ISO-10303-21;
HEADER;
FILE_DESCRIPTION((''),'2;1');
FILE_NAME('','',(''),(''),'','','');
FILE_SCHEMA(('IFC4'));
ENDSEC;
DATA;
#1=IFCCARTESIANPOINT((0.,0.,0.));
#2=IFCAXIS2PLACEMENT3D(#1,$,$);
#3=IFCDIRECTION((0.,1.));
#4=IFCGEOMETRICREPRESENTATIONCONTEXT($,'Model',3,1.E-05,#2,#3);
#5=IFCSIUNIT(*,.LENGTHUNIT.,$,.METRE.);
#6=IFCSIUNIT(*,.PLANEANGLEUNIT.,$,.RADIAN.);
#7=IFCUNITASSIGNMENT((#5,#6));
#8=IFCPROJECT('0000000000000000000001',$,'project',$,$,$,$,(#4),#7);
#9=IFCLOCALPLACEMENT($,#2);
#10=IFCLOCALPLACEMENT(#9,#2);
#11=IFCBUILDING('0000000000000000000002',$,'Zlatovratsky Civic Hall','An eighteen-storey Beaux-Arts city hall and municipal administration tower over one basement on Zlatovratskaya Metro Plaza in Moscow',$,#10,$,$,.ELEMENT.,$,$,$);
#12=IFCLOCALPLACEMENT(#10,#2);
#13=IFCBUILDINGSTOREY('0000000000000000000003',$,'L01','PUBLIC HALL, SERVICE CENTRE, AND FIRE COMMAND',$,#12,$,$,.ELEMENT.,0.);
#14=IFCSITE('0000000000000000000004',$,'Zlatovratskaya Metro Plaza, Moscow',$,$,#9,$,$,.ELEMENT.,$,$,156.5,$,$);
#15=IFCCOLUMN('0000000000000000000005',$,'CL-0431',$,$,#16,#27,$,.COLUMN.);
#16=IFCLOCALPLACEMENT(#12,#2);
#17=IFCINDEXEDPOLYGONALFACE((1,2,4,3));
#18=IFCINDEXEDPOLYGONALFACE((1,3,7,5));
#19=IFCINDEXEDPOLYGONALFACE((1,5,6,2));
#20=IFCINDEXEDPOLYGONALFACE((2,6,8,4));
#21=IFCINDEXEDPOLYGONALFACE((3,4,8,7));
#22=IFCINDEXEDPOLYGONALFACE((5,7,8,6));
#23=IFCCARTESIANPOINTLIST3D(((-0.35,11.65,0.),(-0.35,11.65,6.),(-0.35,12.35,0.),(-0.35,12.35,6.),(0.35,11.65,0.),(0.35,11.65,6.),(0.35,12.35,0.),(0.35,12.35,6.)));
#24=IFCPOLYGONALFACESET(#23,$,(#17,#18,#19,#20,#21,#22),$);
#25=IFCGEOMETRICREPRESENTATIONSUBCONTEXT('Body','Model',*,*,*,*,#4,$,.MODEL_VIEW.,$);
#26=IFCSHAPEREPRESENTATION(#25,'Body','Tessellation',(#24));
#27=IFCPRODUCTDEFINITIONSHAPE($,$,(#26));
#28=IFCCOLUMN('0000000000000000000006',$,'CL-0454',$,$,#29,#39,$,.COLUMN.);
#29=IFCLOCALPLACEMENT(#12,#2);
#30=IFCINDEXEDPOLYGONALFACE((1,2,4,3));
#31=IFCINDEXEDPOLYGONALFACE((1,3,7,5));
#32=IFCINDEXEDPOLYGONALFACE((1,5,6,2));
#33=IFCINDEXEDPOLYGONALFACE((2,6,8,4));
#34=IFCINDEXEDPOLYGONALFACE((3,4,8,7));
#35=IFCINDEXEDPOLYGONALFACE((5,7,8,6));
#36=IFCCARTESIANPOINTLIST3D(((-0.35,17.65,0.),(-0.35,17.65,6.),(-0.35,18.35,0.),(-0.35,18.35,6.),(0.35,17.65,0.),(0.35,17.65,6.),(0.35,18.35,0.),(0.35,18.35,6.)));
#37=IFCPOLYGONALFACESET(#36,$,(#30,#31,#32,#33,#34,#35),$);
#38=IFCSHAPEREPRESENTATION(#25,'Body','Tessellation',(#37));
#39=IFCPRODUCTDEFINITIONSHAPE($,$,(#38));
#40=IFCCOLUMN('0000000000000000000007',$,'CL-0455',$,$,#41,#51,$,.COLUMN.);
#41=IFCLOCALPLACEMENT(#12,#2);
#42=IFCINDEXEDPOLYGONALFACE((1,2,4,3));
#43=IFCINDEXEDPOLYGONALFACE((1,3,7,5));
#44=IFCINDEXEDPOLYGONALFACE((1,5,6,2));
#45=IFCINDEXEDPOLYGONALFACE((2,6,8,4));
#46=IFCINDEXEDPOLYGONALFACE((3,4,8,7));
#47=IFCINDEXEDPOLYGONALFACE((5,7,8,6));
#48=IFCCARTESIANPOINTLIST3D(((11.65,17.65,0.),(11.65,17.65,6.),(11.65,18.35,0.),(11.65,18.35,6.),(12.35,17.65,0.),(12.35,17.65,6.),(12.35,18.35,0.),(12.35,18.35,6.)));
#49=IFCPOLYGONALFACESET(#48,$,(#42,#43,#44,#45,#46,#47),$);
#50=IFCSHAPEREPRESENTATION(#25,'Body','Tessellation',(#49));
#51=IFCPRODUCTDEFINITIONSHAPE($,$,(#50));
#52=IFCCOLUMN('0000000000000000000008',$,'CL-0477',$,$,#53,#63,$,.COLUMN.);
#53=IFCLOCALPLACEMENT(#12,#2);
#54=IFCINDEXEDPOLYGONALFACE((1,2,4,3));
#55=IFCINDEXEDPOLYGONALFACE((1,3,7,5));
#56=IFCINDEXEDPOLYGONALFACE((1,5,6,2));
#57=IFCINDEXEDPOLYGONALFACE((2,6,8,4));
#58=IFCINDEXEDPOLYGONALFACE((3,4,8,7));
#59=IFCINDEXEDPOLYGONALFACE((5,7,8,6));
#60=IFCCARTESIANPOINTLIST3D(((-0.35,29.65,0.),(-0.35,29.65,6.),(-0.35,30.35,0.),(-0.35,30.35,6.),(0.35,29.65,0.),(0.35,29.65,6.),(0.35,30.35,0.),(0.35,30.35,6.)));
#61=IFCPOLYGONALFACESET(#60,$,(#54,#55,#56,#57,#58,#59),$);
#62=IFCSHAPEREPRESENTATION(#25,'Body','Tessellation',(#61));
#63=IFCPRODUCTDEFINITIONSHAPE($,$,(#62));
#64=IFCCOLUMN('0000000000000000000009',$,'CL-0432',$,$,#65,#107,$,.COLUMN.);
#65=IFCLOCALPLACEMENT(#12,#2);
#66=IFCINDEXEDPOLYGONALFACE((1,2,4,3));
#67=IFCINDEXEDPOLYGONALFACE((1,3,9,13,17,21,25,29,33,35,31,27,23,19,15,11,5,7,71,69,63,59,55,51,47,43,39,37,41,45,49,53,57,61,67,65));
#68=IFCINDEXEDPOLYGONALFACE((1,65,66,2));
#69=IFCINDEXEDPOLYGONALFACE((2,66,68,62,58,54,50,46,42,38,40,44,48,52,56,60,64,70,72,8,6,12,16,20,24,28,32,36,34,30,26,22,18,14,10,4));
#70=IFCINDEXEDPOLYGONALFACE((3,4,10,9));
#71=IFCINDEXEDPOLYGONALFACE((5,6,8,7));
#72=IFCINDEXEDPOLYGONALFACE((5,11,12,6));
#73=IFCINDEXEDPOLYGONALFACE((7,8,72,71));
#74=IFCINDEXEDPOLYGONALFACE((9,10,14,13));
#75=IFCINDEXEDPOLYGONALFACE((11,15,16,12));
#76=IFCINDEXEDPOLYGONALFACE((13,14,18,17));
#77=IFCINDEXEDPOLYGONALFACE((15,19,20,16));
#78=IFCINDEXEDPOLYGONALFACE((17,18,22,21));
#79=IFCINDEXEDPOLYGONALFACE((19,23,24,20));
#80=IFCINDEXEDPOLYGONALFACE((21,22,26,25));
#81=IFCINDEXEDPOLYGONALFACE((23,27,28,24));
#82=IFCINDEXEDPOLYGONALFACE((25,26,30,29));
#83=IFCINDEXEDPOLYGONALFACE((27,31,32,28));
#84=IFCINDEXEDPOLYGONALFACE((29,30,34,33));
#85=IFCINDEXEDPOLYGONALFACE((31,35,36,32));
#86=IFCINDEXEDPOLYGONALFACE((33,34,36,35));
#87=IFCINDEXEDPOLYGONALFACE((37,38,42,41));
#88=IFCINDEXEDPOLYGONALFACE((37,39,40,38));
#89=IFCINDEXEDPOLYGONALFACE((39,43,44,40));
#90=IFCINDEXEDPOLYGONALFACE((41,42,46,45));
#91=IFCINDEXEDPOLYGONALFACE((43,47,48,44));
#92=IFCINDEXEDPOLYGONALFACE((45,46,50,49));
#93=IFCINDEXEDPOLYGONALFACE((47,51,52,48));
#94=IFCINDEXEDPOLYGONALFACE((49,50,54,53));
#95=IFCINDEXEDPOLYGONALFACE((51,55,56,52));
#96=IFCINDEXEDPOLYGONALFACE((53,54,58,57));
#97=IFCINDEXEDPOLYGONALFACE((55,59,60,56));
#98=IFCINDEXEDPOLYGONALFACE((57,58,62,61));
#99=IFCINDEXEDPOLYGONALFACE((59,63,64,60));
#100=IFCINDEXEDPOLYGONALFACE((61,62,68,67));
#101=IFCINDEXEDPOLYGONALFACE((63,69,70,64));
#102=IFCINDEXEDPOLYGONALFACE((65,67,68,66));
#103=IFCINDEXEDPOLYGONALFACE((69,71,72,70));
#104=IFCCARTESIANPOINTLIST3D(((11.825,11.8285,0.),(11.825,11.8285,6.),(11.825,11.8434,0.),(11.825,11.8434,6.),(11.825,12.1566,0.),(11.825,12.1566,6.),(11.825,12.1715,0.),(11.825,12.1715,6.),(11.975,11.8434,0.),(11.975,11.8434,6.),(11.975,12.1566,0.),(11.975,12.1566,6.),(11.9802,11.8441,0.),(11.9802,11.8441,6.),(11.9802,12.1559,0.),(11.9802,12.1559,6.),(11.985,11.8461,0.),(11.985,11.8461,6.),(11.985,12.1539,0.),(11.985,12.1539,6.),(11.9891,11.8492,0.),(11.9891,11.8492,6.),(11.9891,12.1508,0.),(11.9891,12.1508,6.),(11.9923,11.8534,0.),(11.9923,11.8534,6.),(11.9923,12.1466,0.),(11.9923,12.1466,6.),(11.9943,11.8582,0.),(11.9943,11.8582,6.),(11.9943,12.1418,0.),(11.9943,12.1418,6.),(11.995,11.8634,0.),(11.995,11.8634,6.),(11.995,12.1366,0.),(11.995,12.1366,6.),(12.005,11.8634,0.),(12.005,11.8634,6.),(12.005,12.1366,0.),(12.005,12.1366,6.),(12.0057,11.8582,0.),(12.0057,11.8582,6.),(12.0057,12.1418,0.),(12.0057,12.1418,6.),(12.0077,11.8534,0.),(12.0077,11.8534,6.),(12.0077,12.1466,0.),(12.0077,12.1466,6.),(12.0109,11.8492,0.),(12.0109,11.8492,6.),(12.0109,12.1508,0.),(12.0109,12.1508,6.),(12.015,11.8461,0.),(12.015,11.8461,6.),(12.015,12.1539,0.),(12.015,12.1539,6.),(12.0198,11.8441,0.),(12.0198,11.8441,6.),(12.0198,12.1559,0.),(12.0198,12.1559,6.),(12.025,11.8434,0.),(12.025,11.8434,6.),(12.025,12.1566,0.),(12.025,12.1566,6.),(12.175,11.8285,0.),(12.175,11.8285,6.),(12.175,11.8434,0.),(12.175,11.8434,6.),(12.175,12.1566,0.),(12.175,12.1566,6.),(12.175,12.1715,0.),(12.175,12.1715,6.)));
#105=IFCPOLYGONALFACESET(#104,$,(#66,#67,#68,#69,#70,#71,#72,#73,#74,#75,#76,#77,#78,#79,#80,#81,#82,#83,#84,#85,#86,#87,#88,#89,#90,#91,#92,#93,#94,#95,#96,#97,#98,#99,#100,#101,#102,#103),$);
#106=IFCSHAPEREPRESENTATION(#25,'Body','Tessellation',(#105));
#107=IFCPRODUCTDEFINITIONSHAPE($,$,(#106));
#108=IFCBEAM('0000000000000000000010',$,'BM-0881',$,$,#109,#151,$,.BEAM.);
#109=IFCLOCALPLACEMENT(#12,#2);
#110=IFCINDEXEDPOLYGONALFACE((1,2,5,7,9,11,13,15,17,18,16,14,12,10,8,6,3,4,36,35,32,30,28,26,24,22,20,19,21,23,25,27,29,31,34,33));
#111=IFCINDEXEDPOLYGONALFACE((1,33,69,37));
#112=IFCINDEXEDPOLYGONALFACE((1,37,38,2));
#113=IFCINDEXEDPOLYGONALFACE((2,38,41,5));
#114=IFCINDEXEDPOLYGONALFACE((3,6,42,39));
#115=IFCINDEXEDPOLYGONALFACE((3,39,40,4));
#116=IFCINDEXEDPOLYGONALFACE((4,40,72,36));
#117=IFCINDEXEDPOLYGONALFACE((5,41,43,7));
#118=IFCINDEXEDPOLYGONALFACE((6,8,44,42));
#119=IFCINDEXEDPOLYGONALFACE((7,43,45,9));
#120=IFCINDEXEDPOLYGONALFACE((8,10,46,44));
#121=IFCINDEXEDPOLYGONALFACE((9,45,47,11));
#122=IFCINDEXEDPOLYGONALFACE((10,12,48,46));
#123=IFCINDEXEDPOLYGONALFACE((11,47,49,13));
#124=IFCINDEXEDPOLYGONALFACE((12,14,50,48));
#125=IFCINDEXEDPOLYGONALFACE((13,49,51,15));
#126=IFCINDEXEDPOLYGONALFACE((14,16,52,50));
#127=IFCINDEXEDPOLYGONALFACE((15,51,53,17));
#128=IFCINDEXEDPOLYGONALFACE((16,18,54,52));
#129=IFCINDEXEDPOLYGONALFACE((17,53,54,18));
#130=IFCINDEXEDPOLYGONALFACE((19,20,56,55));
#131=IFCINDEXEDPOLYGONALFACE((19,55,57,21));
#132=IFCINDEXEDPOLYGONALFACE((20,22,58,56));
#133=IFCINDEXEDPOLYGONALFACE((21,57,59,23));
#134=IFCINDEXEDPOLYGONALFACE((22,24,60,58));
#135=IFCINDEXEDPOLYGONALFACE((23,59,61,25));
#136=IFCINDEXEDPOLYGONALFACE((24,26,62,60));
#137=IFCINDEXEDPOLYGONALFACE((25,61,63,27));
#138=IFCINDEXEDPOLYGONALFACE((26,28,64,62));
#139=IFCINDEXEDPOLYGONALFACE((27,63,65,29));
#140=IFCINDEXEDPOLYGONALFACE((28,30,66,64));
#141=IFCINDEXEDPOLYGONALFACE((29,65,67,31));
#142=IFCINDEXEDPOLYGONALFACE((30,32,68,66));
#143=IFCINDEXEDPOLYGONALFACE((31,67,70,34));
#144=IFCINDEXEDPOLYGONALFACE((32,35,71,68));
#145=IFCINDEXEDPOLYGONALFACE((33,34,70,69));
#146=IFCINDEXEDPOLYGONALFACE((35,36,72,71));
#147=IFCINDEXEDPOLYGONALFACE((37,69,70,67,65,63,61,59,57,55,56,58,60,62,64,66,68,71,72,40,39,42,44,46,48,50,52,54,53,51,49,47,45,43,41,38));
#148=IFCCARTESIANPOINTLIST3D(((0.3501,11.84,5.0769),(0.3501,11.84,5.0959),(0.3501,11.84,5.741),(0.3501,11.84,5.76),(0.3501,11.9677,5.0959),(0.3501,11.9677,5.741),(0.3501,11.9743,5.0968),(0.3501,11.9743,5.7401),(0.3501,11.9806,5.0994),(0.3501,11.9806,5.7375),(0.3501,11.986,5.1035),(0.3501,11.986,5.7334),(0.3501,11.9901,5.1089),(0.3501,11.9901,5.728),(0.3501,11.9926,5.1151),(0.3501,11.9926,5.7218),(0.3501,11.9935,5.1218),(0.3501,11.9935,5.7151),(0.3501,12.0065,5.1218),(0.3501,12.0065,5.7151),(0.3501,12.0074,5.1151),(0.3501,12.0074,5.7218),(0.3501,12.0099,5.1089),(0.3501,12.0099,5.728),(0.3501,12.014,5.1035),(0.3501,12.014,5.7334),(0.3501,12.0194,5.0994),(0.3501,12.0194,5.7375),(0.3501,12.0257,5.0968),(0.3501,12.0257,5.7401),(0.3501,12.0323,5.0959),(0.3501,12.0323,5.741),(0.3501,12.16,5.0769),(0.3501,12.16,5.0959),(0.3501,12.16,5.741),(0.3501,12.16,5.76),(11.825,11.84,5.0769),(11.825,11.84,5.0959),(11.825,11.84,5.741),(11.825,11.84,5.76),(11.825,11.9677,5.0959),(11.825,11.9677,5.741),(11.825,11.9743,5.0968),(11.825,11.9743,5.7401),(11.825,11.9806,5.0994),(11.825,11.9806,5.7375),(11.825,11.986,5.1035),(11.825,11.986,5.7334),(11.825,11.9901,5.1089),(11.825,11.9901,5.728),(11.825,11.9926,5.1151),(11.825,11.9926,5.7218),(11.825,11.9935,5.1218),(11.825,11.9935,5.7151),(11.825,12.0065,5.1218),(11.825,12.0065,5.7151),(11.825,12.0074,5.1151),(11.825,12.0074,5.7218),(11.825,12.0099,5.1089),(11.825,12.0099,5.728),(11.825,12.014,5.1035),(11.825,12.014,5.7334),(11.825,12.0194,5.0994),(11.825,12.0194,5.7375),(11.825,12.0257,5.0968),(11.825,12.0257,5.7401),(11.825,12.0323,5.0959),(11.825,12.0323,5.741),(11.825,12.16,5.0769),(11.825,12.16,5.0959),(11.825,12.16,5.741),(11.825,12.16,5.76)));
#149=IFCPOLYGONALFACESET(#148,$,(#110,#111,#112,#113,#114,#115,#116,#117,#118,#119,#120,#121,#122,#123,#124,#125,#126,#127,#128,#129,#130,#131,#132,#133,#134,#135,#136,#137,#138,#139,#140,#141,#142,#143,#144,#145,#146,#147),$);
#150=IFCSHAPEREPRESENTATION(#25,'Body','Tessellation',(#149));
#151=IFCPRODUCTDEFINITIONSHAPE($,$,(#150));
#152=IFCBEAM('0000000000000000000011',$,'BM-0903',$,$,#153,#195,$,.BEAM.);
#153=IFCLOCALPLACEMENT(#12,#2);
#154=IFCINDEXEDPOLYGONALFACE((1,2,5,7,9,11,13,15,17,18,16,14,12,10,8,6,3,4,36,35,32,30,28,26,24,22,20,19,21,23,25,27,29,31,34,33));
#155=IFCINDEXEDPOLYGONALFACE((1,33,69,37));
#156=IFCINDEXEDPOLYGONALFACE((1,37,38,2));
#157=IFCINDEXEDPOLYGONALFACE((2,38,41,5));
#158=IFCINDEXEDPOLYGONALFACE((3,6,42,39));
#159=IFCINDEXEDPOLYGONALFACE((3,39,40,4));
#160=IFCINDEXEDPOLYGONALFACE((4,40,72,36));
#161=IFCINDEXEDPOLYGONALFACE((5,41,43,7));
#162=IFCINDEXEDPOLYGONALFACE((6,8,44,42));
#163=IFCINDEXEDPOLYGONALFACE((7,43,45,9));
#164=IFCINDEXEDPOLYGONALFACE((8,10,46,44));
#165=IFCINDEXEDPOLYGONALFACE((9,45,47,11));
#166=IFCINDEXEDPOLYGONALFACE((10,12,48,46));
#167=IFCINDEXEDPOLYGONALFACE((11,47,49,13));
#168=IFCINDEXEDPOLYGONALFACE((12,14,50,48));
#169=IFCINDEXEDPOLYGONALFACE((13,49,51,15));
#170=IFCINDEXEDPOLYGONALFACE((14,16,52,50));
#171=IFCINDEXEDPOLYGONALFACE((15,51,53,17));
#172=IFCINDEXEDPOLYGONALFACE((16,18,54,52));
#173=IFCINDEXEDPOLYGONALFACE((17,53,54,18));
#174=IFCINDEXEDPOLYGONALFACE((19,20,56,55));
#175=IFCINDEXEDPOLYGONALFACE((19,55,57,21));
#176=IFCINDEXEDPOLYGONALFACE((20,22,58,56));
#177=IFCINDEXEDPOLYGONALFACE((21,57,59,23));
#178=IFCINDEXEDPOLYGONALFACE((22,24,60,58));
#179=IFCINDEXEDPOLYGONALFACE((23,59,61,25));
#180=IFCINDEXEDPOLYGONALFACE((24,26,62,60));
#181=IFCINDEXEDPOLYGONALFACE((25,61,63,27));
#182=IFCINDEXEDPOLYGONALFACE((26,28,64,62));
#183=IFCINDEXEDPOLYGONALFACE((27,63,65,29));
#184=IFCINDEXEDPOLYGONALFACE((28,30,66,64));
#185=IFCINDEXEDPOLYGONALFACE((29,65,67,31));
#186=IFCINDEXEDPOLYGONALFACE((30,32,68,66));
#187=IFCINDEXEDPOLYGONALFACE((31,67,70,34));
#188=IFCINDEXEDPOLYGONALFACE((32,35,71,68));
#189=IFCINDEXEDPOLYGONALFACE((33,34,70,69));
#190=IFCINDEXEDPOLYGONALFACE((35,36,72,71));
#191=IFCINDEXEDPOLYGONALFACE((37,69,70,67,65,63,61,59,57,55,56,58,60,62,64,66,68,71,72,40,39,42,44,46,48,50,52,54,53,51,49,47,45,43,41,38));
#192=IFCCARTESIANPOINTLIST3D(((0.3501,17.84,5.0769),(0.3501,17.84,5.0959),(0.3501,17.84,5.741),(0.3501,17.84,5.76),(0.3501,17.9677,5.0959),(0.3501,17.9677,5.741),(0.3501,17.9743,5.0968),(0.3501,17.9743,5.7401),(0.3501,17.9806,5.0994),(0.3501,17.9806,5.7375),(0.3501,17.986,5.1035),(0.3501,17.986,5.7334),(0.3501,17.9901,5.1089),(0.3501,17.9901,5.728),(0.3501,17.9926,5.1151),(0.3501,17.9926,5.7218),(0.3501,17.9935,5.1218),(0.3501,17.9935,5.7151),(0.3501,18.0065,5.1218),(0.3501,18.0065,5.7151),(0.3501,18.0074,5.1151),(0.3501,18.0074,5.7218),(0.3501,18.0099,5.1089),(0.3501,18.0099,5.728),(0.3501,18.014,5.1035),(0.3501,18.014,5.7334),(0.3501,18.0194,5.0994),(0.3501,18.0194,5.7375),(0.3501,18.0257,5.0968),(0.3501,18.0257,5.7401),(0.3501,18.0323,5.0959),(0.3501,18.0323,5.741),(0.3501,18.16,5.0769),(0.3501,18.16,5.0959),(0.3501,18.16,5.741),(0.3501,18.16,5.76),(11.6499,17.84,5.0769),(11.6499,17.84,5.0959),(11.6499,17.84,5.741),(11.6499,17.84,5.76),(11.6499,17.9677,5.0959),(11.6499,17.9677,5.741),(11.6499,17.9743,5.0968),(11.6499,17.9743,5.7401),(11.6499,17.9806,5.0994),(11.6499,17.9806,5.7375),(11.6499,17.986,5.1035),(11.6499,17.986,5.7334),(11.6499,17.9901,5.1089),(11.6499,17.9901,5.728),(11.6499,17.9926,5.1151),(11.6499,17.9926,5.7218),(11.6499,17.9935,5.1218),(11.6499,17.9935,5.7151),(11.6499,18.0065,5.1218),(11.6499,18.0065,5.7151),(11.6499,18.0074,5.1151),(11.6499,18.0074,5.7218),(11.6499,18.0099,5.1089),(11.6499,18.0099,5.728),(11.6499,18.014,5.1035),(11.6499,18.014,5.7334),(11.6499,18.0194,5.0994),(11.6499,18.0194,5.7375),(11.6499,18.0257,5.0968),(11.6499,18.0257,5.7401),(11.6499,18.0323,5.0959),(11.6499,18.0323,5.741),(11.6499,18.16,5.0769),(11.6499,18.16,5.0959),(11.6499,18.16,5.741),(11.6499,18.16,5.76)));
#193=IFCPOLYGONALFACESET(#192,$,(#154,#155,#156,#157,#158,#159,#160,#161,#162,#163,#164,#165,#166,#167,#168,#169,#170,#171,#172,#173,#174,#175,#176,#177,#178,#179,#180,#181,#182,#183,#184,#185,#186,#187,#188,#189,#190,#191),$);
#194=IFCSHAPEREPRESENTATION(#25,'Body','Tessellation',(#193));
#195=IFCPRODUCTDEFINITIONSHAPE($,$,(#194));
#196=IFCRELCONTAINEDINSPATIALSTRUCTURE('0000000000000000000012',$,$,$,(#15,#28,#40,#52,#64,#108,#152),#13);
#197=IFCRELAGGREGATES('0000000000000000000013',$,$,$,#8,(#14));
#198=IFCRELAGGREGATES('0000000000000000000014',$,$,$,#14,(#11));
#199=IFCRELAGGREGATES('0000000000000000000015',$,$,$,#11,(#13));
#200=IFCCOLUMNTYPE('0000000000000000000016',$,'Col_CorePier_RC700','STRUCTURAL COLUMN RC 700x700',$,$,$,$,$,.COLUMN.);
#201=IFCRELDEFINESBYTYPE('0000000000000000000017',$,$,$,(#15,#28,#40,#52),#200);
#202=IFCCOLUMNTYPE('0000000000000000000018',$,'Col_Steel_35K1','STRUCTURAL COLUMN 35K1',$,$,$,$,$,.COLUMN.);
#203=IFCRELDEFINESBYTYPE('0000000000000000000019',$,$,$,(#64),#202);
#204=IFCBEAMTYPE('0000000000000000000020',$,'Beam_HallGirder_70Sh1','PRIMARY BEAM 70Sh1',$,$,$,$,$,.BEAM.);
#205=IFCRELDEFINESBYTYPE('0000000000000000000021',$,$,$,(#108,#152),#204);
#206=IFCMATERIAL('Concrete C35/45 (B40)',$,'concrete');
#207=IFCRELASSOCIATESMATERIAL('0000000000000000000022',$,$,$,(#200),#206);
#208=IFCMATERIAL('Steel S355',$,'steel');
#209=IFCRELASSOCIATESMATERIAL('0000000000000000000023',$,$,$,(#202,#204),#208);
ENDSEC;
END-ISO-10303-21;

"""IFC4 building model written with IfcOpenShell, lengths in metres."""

from ifc_helpers import new_model, si_unit, direction, frame, origin, origin_2d, place, context, subcontext, project, spatial, rectangle, i_section, extrude, material, material_profile, profile_set, type_object, element, save


model = new_model("IFC4")

# Units and contexts
model_context = context("Model", 3, precision=1e-05, world=origin(), true_north=direction((0.0, 1.0)))
body_context = subcontext(model_context, "Body", "Model", "MODEL_VIEW")
ifc_project = project(units=[si_unit("LENGTHUNIT", "METRE"), si_unit("PLANEANGLEUNIT", "RADIAN")], contexts=[model_context])

# Site, building, storey
site_placement = place(None, origin())
site = spatial("IfcSite", under=ifc_project, at=site_placement, Name="Zlatovratskaya Metro Plaza, Moscow", CompositionType="ELEMENT", RefElevation=156.5)
building_placement = place(site_placement, origin())
building = spatial("IfcBuilding", under=site, at=building_placement, Name="Zlatovratsky Civic Hall", Description="An eighteen-storey Beaux-Arts city hall and municipal administration tower over one basement on Zlatovratskaya Metro Plaza in Moscow", CompositionType="ELEMENT")
storey_placement = place(building_placement, origin())
storey = spatial("IfcBuildingStorey", under=building, at=storey_placement, Name="L01", Description="PUBLIC HALL, SERVICE CENTRE, AND FIRE COMMAND", CompositionType="ELEMENT", Elevation=0.0)

# Columns
ifc_material_1 = material(Name="Concrete C35/45 (B40)", Category="concrete")
ifc_material_profile_1 = material_profile(ifc_material_1, rectangle(XDim=0.7, YDim=0.7, at=origin_2d()), Name="RC 700x700")
ifc_profile_set_1 = profile_set([ifc_material_profile_1], Name="Concrete C35/45 (B40)")
column_type_1 = type_object("IfcColumnType", Name="Col_CorePier_RC700", Description="STRUCTURAL COLUMN RC 700x700", PredefinedType="COLUMN", material=ifc_profile_set_1)
for number, where, z_axis, x_axis, name in (
    (1, (0.0, 12.0, 0.0), (0.0, 0.0, 1.0), (1.0, 0.0, 0.0), "CL-0431"),
    (2, (0.0, 18.0, 0.0), (0.0, 0.0, 1.0), (1.0, 0.0, 0.0), "CL-0454"),
    (3, (12.0, 18.0, 0.0), (0.0, 0.0, 1.0), (1.0, 0.0, 0.0), "CL-0455"),
    (4, (0.0, 30.0, 0.0), (0.0, 0.0, 1.0), (1.0, 0.0, 0.0), "CL-0477"),
):
    element("IfcColumn", number, at=place(storey_placement, frame(where, z_axis=z_axis, x_axis=x_axis)), inside=storey, type_object=column_type_1, Name=name, PredefinedType="COLUMN", context=body_context, shape_type="SweptSolid", body=[
        extrude(rectangle(XDim=0.7, YDim=0.7, at=origin_2d()), origin(), (0.0, 0.0, 1.0), 6.0),
    ])
ifc_material_2 = material(Name="Steel S355", Category="steel")
ifc_material_profile_2 = material_profile(ifc_material_2, i_section(OverallWidth=0.3501, OverallDepth=0.343, WebThickness=0.01, FlangeThickness=0.0149, FilletRadius=0.02, at=origin_2d()), Name="35K1")
ifc_profile_set_2 = profile_set([ifc_material_profile_2], Name="Steel S355")
column_type_2 = type_object("IfcColumnType", Name="Col_Steel_35K1", Description="STRUCTURAL COLUMN 35K1", PredefinedType="COLUMN", material=ifc_profile_set_2)
column_placement = place(storey_placement, frame((12.0, 12.0, 0.0), z_axis=(0.0, 0.0, 1.0), x_axis=(1.0, 0.0, 0.0)))
element("IfcColumn", 5, at=column_placement, inside=storey, type_object=column_type_2, Name="CL-0432", PredefinedType="COLUMN", context=body_context, shape_type="SweptSolid", body=[
    extrude(i_section(OverallWidth=0.3501, OverallDepth=0.343, WebThickness=0.01, FlangeThickness=0.0149, FilletRadius=0.02, at=origin_2d()), origin(), (0.0, 0.0, 1.0), 6.0),
])

# Beams
ifc_material_profile_3 = material_profile(ifc_material_2, i_section(OverallWidth=0.3201, OverallDepth=0.6831, WebThickness=0.0129, FlangeThickness=0.019, FilletRadius=0.0259, at=origin_2d()), Name="70Sh1")
ifc_profile_set_3 = profile_set([ifc_material_profile_3], Name="Steel S355")
beam_type_1 = type_object("IfcBeamType", Name="Beam_HallGirder_70Sh1", Description="PRIMARY BEAM 70Sh1", PredefinedType="BEAM", material=ifc_profile_set_3)
beam_1_placement = place(storey_placement, frame((0.3501, 12.0, 5.4185), z_axis=(1.0, 0.0, 0.0), x_axis=(0.0, 1.0, 0.0)))
element("IfcBeam", 6, at=beam_1_placement, inside=storey, type_object=beam_type_1, Name="BM-0881", PredefinedType="BEAM", context=body_context, shape_type="SweptSolid", body=[
    extrude(i_section(OverallWidth=0.3201, OverallDepth=0.6831, WebThickness=0.0129, FlangeThickness=0.019, FilletRadius=0.0259, at=origin_2d()), origin(), (0.0, 0.0, 1.0), 11.4749),
])
for number, where, z_axis, x_axis, name in (
    (7, (0.3501, 18.0, 5.4185), (1.0, 0.0, 0.0), (0.0, 1.0, 0.0), "BM-0903"),
):
    element("IfcBeam", number, at=place(storey_placement, frame(where, z_axis=z_axis, x_axis=x_axis)), inside=storey, type_object=beam_type_1, Name=name, PredefinedType="BEAM", context=body_context, shape_type="SweptSolid", body=[
        extrude(i_section(OverallWidth=0.3201, OverallDepth=0.6831, WebThickness=0.0129, FlangeThickness=0.019, FilletRadius=0.0259, at=origin_2d()), origin(), (0.0, 0.0, 1.0), 11.2998),
    ])

save(model, "model.ifc")
